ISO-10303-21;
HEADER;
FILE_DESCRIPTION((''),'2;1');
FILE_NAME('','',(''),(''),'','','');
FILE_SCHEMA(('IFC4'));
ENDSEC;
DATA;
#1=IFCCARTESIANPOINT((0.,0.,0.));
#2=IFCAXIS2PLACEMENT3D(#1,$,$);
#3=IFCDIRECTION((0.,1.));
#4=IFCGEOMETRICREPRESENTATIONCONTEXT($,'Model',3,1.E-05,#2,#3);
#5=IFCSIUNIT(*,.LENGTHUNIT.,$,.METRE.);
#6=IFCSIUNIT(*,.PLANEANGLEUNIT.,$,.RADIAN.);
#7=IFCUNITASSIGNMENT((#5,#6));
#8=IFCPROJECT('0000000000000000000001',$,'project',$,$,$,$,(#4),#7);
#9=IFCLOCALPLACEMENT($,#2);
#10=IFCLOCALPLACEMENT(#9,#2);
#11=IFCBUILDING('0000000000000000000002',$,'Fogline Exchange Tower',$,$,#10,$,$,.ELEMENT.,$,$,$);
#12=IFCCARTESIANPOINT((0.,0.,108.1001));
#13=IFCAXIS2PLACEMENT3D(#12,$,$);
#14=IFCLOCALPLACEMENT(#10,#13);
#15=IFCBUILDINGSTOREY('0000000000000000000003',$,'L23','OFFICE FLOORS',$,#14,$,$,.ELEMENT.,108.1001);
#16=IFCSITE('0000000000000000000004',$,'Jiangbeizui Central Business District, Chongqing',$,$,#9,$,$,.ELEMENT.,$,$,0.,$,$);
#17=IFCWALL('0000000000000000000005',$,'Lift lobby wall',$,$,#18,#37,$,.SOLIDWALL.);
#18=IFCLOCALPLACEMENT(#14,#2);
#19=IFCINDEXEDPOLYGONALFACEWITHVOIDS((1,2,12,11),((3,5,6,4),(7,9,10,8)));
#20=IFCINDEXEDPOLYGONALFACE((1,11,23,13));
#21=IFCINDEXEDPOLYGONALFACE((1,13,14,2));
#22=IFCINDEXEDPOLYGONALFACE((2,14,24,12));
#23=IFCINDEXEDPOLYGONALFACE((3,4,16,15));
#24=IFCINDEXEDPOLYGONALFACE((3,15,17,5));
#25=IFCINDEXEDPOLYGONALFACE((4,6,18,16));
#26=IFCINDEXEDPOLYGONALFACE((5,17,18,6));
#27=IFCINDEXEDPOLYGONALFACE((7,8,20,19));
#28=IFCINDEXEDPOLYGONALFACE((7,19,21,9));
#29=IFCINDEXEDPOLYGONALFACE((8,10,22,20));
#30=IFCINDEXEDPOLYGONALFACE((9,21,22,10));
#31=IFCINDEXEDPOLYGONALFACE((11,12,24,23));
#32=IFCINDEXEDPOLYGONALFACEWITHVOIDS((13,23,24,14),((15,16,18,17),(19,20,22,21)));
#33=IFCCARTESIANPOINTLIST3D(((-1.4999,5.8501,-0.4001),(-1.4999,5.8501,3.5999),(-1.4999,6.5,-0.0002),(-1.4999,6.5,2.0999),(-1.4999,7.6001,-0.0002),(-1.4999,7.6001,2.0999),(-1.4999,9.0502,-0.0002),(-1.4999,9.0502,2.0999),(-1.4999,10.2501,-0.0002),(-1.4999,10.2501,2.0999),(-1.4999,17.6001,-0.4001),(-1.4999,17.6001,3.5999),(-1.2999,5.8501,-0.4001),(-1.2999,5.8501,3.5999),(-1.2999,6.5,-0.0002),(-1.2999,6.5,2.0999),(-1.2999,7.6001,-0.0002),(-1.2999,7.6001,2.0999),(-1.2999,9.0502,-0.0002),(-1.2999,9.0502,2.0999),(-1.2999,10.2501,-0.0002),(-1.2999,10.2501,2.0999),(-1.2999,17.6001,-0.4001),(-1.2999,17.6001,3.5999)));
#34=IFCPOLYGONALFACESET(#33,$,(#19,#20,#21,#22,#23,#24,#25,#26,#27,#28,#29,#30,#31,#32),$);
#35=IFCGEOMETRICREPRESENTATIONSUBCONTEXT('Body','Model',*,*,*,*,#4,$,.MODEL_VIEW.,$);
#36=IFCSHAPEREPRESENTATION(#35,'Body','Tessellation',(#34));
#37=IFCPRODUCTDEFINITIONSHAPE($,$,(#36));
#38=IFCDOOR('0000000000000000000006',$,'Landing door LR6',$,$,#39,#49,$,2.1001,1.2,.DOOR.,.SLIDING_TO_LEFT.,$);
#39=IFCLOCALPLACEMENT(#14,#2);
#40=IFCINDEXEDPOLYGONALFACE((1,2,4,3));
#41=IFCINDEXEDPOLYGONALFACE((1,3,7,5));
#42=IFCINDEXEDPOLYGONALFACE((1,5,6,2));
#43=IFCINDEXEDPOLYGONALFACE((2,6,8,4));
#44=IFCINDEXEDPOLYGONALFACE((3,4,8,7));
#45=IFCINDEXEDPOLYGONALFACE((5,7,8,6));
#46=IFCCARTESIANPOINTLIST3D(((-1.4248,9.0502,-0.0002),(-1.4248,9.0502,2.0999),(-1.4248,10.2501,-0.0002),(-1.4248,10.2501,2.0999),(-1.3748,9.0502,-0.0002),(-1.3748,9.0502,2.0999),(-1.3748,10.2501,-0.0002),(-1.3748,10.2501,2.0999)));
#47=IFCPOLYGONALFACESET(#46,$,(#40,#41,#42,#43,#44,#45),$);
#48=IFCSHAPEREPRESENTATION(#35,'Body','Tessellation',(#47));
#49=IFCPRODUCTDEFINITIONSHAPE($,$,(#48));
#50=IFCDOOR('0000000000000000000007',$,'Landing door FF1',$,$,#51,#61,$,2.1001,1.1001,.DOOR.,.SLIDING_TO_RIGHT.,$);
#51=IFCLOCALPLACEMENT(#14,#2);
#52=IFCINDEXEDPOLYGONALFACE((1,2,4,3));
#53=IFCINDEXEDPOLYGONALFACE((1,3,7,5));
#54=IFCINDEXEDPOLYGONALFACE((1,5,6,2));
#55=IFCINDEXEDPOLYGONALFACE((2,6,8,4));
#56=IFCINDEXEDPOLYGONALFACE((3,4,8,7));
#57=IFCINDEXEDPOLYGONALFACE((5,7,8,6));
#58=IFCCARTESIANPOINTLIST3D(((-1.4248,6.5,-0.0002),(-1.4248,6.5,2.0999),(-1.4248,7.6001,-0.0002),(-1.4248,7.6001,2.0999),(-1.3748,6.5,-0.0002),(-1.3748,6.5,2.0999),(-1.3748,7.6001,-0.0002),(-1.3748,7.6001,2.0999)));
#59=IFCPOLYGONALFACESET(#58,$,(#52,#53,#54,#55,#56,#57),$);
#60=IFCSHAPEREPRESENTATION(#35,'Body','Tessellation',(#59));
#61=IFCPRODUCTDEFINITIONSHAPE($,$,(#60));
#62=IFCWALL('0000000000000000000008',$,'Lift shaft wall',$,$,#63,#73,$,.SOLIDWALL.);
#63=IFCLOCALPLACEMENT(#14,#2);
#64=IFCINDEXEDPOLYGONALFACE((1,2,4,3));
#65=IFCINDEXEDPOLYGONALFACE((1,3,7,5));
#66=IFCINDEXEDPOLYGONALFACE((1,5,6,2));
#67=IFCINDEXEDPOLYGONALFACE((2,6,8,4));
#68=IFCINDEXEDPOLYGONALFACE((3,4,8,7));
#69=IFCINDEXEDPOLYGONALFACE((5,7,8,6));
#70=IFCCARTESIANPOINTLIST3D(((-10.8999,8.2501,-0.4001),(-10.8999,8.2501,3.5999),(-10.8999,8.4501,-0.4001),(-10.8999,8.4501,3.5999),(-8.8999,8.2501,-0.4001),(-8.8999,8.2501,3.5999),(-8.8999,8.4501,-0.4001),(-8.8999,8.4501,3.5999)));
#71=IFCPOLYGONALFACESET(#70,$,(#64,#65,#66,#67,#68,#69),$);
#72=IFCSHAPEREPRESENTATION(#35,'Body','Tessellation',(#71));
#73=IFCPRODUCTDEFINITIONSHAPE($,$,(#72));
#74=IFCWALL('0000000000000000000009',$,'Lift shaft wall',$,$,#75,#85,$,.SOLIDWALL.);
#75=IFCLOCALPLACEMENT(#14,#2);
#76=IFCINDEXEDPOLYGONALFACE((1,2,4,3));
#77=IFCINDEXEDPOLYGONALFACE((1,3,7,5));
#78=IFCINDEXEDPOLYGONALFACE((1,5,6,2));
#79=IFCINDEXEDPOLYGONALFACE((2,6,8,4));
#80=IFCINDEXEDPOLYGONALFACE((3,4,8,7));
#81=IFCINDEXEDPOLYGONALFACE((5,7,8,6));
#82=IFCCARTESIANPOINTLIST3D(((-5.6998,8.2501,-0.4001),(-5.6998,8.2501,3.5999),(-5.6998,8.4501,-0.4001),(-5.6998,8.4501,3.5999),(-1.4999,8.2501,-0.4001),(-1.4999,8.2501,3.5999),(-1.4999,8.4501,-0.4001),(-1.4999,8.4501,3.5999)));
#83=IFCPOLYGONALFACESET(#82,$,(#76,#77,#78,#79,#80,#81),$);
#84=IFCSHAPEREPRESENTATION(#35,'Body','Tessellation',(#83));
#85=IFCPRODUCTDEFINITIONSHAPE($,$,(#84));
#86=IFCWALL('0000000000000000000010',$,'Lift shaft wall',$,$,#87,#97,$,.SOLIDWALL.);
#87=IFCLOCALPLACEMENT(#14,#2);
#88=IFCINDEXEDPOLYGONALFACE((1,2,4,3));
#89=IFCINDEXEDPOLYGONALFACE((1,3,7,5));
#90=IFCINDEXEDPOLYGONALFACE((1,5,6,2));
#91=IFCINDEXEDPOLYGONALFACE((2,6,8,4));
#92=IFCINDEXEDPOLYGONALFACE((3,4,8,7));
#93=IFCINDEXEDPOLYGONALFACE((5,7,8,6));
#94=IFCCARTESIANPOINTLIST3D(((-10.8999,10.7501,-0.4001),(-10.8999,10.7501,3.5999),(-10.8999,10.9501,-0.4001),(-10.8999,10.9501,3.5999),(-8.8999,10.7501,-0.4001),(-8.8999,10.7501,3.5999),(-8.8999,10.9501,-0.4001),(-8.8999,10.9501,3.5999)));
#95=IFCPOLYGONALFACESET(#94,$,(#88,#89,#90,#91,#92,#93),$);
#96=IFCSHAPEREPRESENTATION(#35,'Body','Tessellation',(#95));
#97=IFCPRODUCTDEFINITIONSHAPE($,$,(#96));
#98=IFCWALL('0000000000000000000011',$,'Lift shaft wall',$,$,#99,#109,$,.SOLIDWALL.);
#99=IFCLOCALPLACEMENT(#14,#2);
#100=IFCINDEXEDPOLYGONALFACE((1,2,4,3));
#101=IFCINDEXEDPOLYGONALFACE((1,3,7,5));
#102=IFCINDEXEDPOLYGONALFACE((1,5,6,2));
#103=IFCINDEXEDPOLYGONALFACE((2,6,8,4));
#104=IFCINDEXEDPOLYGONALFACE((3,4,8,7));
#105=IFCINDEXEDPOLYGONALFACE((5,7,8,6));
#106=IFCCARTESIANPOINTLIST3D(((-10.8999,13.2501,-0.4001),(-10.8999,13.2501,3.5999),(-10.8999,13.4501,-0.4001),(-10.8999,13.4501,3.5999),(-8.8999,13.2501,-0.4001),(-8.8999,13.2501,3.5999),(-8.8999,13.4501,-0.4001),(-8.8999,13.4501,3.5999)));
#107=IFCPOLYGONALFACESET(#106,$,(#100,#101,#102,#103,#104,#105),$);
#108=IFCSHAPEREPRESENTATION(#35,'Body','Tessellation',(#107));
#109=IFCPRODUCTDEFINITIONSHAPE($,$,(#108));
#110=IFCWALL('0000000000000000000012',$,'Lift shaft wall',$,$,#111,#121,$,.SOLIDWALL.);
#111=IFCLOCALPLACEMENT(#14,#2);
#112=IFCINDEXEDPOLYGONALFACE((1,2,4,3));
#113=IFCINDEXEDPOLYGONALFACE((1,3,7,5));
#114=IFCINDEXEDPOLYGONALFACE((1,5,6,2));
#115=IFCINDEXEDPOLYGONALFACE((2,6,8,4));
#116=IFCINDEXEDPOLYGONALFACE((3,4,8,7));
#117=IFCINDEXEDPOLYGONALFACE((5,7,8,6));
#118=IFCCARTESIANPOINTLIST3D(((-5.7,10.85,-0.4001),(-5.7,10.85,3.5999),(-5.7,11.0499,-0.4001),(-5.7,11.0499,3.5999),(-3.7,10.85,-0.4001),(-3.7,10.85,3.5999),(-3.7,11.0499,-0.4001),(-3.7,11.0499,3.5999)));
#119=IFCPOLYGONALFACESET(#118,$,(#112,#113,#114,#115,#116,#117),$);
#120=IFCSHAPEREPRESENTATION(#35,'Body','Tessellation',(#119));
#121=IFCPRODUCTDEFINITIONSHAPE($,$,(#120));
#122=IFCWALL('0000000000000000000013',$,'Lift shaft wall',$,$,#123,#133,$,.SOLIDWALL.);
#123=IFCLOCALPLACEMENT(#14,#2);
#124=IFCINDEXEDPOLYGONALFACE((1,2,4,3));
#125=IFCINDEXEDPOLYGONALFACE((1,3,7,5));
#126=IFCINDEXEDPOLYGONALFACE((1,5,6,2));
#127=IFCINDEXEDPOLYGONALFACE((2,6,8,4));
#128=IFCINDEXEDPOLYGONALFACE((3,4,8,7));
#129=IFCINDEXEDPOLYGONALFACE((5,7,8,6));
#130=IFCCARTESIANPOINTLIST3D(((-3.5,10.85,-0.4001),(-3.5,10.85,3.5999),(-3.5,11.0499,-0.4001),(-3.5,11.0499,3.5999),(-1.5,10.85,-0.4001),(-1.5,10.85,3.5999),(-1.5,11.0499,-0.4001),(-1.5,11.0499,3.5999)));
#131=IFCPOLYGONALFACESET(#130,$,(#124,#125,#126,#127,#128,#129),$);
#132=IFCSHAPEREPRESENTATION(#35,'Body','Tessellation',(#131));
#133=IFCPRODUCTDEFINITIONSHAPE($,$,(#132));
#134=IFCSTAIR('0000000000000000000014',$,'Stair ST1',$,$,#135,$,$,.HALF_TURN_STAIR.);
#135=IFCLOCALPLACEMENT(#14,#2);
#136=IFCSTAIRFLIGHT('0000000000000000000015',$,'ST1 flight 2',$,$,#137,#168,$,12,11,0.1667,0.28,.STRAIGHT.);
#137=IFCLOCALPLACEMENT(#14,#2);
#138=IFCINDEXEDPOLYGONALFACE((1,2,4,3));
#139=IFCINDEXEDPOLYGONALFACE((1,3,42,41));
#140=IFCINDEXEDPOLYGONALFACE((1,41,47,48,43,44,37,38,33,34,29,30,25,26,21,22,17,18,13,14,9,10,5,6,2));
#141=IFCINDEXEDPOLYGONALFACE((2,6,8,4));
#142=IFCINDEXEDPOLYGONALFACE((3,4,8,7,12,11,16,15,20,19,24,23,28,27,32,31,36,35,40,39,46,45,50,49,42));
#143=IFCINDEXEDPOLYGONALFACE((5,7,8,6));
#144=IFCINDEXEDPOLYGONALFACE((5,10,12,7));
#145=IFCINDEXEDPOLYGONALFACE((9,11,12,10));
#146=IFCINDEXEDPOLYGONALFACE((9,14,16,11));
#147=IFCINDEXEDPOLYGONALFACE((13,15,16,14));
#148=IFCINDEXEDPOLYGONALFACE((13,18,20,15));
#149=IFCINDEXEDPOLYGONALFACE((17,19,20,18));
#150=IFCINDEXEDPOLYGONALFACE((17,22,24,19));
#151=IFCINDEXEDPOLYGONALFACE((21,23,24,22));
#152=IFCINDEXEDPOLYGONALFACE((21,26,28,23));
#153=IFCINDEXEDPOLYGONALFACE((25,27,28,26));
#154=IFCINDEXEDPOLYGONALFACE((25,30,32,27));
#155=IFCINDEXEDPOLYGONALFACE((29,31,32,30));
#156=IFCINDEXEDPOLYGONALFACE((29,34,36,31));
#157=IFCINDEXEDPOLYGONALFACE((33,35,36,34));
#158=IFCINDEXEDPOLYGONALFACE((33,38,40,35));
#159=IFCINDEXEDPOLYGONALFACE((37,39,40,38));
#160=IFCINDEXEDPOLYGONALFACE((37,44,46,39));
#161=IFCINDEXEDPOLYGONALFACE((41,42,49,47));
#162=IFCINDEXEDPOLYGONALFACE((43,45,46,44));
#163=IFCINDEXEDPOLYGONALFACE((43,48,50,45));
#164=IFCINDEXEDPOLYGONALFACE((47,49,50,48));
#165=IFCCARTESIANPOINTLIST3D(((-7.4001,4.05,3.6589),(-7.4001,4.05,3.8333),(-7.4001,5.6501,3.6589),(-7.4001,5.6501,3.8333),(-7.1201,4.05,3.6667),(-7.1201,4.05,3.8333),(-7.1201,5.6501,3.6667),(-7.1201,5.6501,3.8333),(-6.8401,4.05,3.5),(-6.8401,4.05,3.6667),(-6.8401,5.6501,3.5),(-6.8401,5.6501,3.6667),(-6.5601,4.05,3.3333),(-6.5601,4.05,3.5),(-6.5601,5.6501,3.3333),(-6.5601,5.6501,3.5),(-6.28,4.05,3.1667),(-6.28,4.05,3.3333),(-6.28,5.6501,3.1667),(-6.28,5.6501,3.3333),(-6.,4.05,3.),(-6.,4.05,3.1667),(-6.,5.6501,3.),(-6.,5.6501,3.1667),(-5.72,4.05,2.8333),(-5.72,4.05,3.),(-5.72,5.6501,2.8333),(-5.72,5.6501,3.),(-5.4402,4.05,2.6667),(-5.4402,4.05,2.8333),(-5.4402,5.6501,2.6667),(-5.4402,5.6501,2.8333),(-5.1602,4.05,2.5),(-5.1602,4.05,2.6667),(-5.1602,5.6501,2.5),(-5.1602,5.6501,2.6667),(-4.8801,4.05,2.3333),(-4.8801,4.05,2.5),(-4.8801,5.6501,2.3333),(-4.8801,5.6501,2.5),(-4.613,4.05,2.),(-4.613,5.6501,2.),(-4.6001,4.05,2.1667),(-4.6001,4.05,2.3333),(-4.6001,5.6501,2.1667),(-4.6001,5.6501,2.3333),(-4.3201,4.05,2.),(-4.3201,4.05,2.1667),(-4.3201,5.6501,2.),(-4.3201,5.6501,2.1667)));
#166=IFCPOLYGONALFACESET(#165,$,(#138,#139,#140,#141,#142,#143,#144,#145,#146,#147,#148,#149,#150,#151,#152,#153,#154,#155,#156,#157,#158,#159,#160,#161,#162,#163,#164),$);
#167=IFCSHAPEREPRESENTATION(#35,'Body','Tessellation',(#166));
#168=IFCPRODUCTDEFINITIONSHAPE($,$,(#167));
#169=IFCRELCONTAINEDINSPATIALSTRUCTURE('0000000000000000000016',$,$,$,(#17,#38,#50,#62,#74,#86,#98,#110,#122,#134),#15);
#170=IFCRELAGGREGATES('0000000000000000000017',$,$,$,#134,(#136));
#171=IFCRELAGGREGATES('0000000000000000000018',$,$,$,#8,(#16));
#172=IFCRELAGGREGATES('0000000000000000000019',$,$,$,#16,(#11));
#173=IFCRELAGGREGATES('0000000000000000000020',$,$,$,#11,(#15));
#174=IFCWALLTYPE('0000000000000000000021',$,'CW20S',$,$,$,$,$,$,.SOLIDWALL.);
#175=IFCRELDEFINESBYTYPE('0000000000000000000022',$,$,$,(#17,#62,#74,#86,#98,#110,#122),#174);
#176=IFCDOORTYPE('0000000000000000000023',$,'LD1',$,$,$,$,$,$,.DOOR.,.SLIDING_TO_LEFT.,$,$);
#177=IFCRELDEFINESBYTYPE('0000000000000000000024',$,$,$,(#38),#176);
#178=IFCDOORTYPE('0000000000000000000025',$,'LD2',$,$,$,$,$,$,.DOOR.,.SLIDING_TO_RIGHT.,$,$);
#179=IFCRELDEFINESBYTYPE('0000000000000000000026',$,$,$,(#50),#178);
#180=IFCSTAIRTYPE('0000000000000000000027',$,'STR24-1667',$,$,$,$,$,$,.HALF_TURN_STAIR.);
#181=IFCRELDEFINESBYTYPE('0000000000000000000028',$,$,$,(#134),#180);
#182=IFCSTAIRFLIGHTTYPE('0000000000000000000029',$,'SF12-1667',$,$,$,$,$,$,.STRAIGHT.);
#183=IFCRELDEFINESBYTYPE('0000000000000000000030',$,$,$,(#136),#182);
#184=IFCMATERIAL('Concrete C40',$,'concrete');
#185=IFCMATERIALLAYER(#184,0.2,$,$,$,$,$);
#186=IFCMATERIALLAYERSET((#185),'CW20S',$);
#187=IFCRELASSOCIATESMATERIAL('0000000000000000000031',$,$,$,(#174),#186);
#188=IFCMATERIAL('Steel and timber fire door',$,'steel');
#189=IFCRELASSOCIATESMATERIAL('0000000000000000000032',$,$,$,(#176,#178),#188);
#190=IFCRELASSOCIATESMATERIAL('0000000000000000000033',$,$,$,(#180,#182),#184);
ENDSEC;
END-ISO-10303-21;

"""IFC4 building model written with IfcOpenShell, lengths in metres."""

from ifc_helpers import new_model, si_unit, direction, frame, frame_2d, origin, place, context, subcontext, project, spatial, polyline, rectangle, outline, extrude, material, layer, layer_set, type_object, element, fill, aggregate, save


model = new_model("IFC4")

# Units and contexts
model_context = context("Model", 3, precision=1e-05, world=origin(), true_north=direction((0.0, 1.0)))
body_context = subcontext(model_context, "Body", "Model", "MODEL_VIEW")
ifc_project = project(units=[si_unit("LENGTHUNIT", "METRE"), si_unit("PLANEANGLEUNIT", "RADIAN")], contexts=[model_context])

# Site, building, storey
site_placement = place(None, origin())
site = spatial("IfcSite", under=ifc_project, at=site_placement, Name="Jiangbeizui Central Business District, Chongqing", CompositionType="ELEMENT", RefElevation=0.0)
building_placement = place(site_placement, origin())
building = spatial("IfcBuilding", under=site, at=building_placement, Name="Fogline Exchange Tower", CompositionType="ELEMENT")
storey_placement = place(building_placement, frame((0.0, 0.0, 108.1001)))
storey = spatial("IfcBuildingStorey", under=building, at=storey_placement, Name="L23", Description="OFFICE FLOORS", CompositionType="ELEMENT", Elevation=108.1001)

# Shared definitions
ifc_material_1 = material(Name="Steel and timber fire door", Category="steel")

# Shared definitions
ifc_material_2 = material(Name="Concrete C40", Category="concrete")

# Shared definitions
ifc_layer_1 = layer(ifc_material_2, 0.2)
ifc_layer_set_1 = layer_set([ifc_layer_1], Name="CW20S")
wall_type_1 = type_object("IfcWallType", Name="CW20S", PredefinedType="SOLIDWALL", material=ifc_layer_set_1)
door_type_1 = type_object("IfcDoorType", Name="LD1", OperationType="SLIDING_TO_LEFT", PredefinedType="DOOR", material=ifc_material_1)

# Wall, openings, doors
wall_1_placement = place(storey_placement, frame((-1.3999, 5.8501, -0.4001), z_axis=(0.0, 0.0, 1.0), x_axis=(0.0, 1.0, 0.0)))
wall_1 = element("IfcWall", 1, at=wall_1_placement, inside=storey, type_object=wall_type_1, Name="Lift lobby wall", PredefinedType="SOLIDWALL", context=body_context, shape_type="SweptSolid", body=[
    extrude(rectangle(XDim=11.75, YDim=0.2, at=frame_2d((5.875, 0.0))), origin(), (0.0, 0.0, 1.0), 4.0),
])
opening_1_placement = place(wall_1_placement, frame((3.2, 0.0, 0.3999)))
opening_1 = element("IfcOpeningElement", 2, at=opening_1_placement, cuts=wall_1, PredefinedType="OPENING", context=body_context, shape_type="SweptSolid", body=[
    extrude(rectangle(XDim=1.2, YDim=2.1001, at=frame_2d((0.6001, 1.05))), frame((0.0, 0.1099, 0.0), z_axis=(0.0, -1.0, 0.0), x_axis=(1.0, 0.0, 0.0)), (0.0, 0.0, 1.0), 0.22),
])
opening_2_placement = place(wall_1_placement, frame((0.6499, 0.0, 0.3999)))
opening_2 = element("IfcOpeningElement", 3, at=opening_2_placement, cuts=wall_1, PredefinedType="OPENING", context=body_context, shape_type="SweptSolid", body=[
    extrude(rectangle(XDim=1.1001, YDim=2.1001, at=frame_2d((0.55, 1.05))), frame((0.0, 0.1099, 0.0), z_axis=(0.0, -1.0, 0.0), x_axis=(1.0, 0.0, 0.0)), (0.0, 0.0, 1.0), 0.22),
])
door_1_placement = place(opening_1_placement, origin())
door_1 = element("IfcDoor", 4, at=door_1_placement, inside=storey, type_object=door_type_1, Name="Landing door LR6", OperationType="SLIDING_TO_LEFT", OverallHeight=2.1001, OverallWidth=1.2, PredefinedType="DOOR", context=body_context, shape_type="SweptSolid", body=[
    extrude(rectangle(XDim=1.2, YDim=2.1001, at=frame_2d((0.6001, 1.05))), frame((0.0, 0.0249, 0.0), z_axis=(0.0, -1.0, 0.0), x_axis=(1.0, 0.0, 0.0)), (0.0, 0.0, 1.0), 0.05),
])
fill(opening_1, door_1)
door_type_2 = type_object("IfcDoorType", Name="LD2", OperationType="SLIDING_TO_RIGHT", PredefinedType="DOOR", material=ifc_material_1)
door_2_placement = place(opening_2_placement, origin())
door_2 = element("IfcDoor", 5, at=door_2_placement, inside=storey, type_object=door_type_2, Name="Landing door FF1", OperationType="SLIDING_TO_RIGHT", OverallHeight=2.1001, OverallWidth=1.1001, PredefinedType="DOOR", context=body_context, shape_type="SweptSolid", body=[
    extrude(rectangle(XDim=1.1001, YDim=2.1001, at=frame_2d((0.55, 1.05))), frame((0.0, 0.0249, 0.0), z_axis=(0.0, -1.0, 0.0), x_axis=(1.0, 0.0, 0.0)), (0.0, 0.0, 1.0), 0.05),
])
fill(opening_2, door_2)

# Walls
wall_2_placement = place(storey_placement, frame((-10.8999, 8.3501, -0.4001), z_axis=(0.0, 0.0, 1.0), x_axis=(1.0, 0.0, 0.0)))
element("IfcWall", 6, at=wall_2_placement, inside=storey, type_object=wall_type_1, Name="Lift shaft wall", PredefinedType="SOLIDWALL", context=body_context, shape_type="SweptSolid", body=[
    extrude(rectangle(XDim=2.0, YDim=0.2, at=frame_2d((1.0, 0.0))), origin(), (0.0, 0.0, 1.0), 4.0),
])
wall_3_placement = place(storey_placement, frame((-5.7, 8.3501, -0.4001), z_axis=(0.0, 0.0, 1.0), x_axis=(1.0, 0.0, 0.0)))
element("IfcWall", 7, at=wall_3_placement, inside=storey, type_object=wall_type_1, Name="Lift shaft wall", PredefinedType="SOLIDWALL", context=body_context, shape_type="SweptSolid", body=[
    extrude(rectangle(XDim=4.2, YDim=0.2, at=frame_2d((2.1001, 0.0))), origin(), (0.0, 0.0, 1.0), 4.0),
])
for number, where, z_axis, x_axis, name in (
    (8, (-10.8999, 10.8501, -0.4001), (0.0, 0.0, 1.0), (1.0, 0.0, 0.0), "Lift shaft wall"),
    (9, (-10.8999, 13.3501, -0.4001), (0.0, 0.0, 1.0), (1.0, 0.0, 0.0), "Lift shaft wall"),
    (10, (-5.7, 10.95, -0.4001), (0.0, 0.0, 1.0), (1.0, 0.0, 0.0), "Lift shaft wall"),
    (11, (-3.5, 10.95, -0.4001), (0.0, 0.0, 1.0), (1.0, 0.0, 0.0), "Lift shaft wall"),
):
    element("IfcWall", number, at=place(storey_placement, frame(where, z_axis=z_axis, x_axis=x_axis)), inside=storey, type_object=wall_type_1, Name=name, PredefinedType="SOLIDWALL", context=body_context, shape_type="SweptSolid", body=[
        extrude(rectangle(XDim=2.0, YDim=0.2, at=frame_2d((1.0, 0.0))), origin(), (0.0, 0.0, 1.0), 4.0),
    ])

# Stair, stair flight
stair_type = type_object("IfcStairType", Name="STR24-1667", PredefinedType="HALF_TURN_STAIR", material=ifc_material_2)
stair_placement = place(storey_placement, origin())
stair = element("IfcStair", 12, at=stair_placement, inside=storey, type_object=stair_type, Name="Stair ST1", PredefinedType="HALF_TURN_STAIR")
stair_flight_type = type_object("IfcStairFlightType", Name="SF12-1667", PredefinedType="STRAIGHT", material=ifc_material_2)
stair_flight_placement = place(storey_placement, frame((-4.3201, 4.8501, 2.0), z_axis=(0.0, 0.0, 1.0), x_axis=(-1.0, 0.0, 0.0)))
stair_flight = element("IfcStairFlight", 13, at=stair_flight_placement, type_object=stair_flight_type, Name="ST1 flight 2", NumberOfRisers=12, NumberOfTreads=11, PredefinedType="STRAIGHT", RiserHeight=0.1667, TreadLength=0.28, context=body_context, shape_type="SweptSolid", body=[
    extrude(outline(polyline([(0.0, 0.0), (0.0, 0.1667), (0.28, 0.1667), (0.28, 0.3333), (0.5601, 0.3333), (0.5601, 0.5), (0.8401, 0.5), (0.8401, 0.6667), (1.1201, 0.6667), (1.1201, 0.8333), (1.3999, 0.8333), (1.3999, 1.0), (1.6799, 1.0), (1.6799, 1.1667), (1.96, 1.1667), (1.96, 1.3333), (2.24, 1.3333), (2.24, 1.5), (2.52, 1.5), (2.52, 1.6667), (2.8, 1.6667), (2.8, 1.8333), (3.0801, 1.8333), (3.0801, 2.0), (3.0801, 1.6589), (0.293, 0.0), (0.0, 0.0)])), frame((0.0, 0.8, 0.0), z_axis=(0.0, -1.0, 0.0), x_axis=(1.0, 0.0, 0.0)), (0.0, 0.0, 1.0), 1.6001),
])
aggregate(stair, [stair_flight])

save(model, "model.ifc")
